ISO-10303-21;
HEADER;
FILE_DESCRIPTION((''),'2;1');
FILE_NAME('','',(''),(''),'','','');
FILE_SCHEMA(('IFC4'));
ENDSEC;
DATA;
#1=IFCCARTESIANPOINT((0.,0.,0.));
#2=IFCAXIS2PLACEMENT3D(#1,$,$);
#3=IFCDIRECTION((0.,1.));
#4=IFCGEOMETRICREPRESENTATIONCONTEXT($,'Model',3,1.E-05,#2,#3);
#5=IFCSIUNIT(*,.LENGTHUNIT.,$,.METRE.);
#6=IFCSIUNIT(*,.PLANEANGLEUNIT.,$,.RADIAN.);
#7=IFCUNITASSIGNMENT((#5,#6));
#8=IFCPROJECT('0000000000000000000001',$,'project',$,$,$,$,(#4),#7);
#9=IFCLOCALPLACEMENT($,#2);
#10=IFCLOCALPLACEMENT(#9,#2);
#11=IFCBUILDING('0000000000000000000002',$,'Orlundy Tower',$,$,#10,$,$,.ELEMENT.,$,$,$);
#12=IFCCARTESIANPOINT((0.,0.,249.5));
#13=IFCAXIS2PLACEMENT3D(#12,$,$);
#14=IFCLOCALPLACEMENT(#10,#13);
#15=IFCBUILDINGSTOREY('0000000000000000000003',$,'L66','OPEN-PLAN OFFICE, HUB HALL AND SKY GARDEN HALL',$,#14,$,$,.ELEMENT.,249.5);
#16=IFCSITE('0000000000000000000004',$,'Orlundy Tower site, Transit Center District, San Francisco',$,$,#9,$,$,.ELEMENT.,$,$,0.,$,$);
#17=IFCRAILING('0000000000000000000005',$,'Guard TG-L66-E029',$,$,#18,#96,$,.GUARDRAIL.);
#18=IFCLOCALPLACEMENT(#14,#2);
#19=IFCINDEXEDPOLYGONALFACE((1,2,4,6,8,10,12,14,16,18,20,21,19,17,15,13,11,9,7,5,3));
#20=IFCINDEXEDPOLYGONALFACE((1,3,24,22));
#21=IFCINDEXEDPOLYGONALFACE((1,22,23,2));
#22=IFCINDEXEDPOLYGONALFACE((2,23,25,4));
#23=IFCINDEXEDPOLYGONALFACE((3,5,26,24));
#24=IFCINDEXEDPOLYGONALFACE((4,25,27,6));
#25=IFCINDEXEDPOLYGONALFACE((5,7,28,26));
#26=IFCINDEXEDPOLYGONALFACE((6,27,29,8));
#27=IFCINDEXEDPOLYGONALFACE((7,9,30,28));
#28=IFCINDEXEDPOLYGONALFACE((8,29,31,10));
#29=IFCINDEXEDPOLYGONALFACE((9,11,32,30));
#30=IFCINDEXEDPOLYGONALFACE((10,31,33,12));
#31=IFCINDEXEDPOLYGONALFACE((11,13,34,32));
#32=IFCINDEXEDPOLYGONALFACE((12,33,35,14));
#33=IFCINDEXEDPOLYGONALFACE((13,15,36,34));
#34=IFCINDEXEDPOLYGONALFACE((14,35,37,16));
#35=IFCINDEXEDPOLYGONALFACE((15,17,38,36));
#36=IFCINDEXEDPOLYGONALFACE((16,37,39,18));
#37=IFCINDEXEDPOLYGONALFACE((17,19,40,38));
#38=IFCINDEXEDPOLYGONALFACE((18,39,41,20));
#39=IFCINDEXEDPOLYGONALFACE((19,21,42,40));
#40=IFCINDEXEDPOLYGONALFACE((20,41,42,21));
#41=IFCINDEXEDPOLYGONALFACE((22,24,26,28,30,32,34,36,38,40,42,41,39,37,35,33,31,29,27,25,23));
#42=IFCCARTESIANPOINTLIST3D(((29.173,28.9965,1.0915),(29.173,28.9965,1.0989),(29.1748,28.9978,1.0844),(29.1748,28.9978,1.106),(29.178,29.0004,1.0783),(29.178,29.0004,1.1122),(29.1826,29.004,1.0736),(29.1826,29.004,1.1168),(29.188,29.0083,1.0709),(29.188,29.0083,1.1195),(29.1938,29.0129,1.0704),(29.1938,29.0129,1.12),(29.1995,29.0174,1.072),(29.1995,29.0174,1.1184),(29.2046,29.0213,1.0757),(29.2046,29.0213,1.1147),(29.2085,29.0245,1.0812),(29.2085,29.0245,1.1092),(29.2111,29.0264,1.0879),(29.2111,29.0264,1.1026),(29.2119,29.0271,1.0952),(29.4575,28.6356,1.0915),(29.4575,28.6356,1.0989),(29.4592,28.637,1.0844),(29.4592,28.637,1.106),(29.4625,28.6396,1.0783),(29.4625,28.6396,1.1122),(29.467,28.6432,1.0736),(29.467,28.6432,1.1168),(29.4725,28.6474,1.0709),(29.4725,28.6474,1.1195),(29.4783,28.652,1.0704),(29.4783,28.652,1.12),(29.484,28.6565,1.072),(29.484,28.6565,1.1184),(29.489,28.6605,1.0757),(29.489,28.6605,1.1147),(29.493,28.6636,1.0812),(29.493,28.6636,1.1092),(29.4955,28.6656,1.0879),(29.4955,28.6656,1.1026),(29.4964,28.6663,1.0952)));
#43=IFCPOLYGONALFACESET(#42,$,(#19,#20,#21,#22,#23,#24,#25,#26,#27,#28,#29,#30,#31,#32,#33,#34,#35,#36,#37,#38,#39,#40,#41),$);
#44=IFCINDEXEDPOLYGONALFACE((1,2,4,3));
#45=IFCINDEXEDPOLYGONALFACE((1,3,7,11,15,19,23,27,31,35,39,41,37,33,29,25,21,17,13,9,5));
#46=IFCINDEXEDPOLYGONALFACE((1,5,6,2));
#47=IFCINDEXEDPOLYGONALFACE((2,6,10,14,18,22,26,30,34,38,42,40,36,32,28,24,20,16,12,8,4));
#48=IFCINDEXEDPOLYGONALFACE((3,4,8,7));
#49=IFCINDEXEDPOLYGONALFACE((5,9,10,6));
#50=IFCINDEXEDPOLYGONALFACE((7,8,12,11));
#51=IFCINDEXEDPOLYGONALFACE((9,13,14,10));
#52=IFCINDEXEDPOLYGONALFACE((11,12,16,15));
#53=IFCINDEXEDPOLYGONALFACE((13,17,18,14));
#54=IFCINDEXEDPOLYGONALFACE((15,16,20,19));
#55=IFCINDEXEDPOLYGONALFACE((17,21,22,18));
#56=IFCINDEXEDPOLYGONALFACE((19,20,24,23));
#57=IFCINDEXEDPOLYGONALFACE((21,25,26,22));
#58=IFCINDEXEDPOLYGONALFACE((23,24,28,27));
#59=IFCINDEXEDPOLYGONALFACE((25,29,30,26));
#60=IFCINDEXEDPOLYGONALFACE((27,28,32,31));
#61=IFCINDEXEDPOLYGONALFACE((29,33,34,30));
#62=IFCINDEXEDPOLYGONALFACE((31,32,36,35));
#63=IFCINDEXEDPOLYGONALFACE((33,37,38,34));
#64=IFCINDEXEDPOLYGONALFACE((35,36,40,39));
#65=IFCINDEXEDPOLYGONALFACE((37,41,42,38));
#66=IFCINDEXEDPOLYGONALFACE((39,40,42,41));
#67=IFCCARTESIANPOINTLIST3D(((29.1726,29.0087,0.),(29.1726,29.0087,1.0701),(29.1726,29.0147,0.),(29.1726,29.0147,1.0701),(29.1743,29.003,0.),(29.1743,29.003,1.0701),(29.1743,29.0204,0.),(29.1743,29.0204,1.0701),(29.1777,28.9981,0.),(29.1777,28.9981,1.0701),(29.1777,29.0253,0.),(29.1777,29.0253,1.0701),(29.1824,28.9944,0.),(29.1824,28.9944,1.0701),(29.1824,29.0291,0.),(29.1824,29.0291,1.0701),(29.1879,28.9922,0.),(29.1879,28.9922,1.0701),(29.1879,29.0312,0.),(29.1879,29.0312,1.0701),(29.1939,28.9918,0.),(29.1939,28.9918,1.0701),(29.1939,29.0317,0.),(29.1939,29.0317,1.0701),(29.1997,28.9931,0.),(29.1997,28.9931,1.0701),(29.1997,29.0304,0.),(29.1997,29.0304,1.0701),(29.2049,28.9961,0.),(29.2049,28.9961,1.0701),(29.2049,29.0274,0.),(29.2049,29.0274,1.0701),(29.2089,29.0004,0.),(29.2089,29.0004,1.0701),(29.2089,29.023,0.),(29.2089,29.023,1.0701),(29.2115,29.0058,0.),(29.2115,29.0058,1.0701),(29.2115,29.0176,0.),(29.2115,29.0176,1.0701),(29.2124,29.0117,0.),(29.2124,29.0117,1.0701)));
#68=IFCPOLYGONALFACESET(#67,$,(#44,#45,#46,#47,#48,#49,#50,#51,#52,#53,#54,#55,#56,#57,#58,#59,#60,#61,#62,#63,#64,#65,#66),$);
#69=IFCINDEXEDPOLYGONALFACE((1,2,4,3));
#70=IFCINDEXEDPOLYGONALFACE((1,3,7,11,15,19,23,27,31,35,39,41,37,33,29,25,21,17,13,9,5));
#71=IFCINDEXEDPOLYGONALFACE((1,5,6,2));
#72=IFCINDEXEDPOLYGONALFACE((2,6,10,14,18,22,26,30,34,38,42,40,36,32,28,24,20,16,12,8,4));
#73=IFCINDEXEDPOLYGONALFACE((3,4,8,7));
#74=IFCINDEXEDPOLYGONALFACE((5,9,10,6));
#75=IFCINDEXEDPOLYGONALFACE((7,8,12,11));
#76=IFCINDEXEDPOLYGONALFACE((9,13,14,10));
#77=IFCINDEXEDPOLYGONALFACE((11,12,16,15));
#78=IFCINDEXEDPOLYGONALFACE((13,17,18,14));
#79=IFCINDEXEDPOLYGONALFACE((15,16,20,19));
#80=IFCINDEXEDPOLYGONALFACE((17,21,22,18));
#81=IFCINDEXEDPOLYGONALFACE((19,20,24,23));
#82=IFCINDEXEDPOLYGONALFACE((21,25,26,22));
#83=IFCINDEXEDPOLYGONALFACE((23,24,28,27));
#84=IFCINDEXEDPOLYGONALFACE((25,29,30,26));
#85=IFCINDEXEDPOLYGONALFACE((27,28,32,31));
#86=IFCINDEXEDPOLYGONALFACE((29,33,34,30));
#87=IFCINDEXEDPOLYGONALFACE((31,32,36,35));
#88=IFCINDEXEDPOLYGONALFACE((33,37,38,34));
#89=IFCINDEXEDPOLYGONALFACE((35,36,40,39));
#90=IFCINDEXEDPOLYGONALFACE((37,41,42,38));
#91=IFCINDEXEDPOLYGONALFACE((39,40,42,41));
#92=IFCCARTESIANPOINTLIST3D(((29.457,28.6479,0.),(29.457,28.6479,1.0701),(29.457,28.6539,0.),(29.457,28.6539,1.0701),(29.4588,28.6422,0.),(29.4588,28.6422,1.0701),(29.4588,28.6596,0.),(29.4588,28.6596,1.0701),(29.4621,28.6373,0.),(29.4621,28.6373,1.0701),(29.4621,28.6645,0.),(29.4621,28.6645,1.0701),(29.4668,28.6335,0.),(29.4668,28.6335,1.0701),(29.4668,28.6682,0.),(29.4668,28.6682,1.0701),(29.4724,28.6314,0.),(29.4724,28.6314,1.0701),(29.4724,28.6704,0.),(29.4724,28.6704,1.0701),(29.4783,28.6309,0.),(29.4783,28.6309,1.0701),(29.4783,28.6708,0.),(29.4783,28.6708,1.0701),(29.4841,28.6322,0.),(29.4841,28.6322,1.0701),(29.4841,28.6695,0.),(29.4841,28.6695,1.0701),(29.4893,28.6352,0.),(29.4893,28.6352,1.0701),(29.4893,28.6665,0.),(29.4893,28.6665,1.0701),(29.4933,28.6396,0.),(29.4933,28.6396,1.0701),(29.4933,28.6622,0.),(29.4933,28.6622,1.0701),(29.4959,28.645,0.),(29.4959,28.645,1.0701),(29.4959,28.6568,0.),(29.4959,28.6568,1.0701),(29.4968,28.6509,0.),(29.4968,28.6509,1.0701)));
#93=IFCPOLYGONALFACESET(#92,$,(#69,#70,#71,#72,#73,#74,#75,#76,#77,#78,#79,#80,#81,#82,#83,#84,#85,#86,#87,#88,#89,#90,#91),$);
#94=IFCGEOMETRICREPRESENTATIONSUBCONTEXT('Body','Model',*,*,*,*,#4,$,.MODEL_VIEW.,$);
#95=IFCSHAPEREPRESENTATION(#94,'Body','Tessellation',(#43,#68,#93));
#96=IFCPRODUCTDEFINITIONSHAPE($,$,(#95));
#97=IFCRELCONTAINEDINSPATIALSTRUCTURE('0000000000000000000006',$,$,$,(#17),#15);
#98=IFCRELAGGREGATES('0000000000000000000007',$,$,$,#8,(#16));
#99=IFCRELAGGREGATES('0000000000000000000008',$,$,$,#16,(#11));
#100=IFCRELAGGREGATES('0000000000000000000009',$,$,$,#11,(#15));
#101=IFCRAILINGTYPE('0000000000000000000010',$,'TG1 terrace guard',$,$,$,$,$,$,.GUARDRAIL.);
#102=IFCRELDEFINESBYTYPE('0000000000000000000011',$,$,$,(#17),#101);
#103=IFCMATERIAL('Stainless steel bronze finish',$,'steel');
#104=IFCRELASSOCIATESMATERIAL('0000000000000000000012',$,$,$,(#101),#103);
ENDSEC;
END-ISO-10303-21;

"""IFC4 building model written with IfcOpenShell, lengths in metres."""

from ifc_helpers import new_model, si_unit, direction, frame, origin, origin_2d, place, context, subcontext, project, spatial, circle, extrude, material, type_object, element, save


model = new_model("IFC4")

# Units and contexts
model_context = context("Model", 3, precision=1e-05, world=origin(), true_north=direction((0.0, 1.0)))
body_context = subcontext(model_context, "Body", "Model", "MODEL_VIEW")
ifc_project = project(units=[si_unit("LENGTHUNIT", "METRE"), si_unit("PLANEANGLEUNIT", "RADIAN")], contexts=[model_context])

# Site, building, storey
site_placement = place(None, origin())
site = spatial("IfcSite", under=ifc_project, at=site_placement, Name="Orlundy Tower site, Transit Center District, San Francisco", CompositionType="ELEMENT", RefElevation=0.0)
building_placement = place(site_placement, origin())
building = spatial("IfcBuilding", under=site, at=building_placement, Name="Orlundy Tower", CompositionType="ELEMENT")
storey_placement = place(building_placement, frame((0.0, 0.0, 249.5)))
storey = spatial("IfcBuildingStorey", under=building, at=storey_placement, Name="L66", Description="OPEN-PLAN OFFICE, HUB HALL AND SKY GARDEN HALL", CompositionType="ELEMENT", Elevation=249.5)

# Railing
ifc_material_1 = material(Name="Stainless steel bronze finish", Category="steel")
railing_type = type_object("IfcRailingType", Name="TG1 terrace guard", PredefinedType="GUARDRAIL", material=ifc_material_1)
railing_1_placement = place(storey_placement, frame((29.1924, 29.0117, 0.0)))
element("IfcRailing", 1, at=railing_1_placement, inside=storey, type_object=railing_type, Name="Guard TG-L66-E029", PredefinedType="GUARDRAIL", context=body_context, shape_type="SweptSolid", body=[
    extrude(circle(Radius=0.0249, at=origin_2d()), frame((0.0, 0.0, 1.0952), z_axis=(0.619041, -0.785359, 0.0), x_axis=(0.785359, 0.619041, 0.0)), (0.0, 0.0, 1.0), 0.4595),
    extrude(circle(Radius=0.02, at=origin_2d()), origin(), (0.0, 0.0, 1.0), 1.0701),
    extrude(circle(Radius=0.02, at=origin_2d()), frame((0.2844, -0.3608, 0.0)), (0.0, 0.0, 1.0), 1.0701),
])

save(model, "model.ifc")
